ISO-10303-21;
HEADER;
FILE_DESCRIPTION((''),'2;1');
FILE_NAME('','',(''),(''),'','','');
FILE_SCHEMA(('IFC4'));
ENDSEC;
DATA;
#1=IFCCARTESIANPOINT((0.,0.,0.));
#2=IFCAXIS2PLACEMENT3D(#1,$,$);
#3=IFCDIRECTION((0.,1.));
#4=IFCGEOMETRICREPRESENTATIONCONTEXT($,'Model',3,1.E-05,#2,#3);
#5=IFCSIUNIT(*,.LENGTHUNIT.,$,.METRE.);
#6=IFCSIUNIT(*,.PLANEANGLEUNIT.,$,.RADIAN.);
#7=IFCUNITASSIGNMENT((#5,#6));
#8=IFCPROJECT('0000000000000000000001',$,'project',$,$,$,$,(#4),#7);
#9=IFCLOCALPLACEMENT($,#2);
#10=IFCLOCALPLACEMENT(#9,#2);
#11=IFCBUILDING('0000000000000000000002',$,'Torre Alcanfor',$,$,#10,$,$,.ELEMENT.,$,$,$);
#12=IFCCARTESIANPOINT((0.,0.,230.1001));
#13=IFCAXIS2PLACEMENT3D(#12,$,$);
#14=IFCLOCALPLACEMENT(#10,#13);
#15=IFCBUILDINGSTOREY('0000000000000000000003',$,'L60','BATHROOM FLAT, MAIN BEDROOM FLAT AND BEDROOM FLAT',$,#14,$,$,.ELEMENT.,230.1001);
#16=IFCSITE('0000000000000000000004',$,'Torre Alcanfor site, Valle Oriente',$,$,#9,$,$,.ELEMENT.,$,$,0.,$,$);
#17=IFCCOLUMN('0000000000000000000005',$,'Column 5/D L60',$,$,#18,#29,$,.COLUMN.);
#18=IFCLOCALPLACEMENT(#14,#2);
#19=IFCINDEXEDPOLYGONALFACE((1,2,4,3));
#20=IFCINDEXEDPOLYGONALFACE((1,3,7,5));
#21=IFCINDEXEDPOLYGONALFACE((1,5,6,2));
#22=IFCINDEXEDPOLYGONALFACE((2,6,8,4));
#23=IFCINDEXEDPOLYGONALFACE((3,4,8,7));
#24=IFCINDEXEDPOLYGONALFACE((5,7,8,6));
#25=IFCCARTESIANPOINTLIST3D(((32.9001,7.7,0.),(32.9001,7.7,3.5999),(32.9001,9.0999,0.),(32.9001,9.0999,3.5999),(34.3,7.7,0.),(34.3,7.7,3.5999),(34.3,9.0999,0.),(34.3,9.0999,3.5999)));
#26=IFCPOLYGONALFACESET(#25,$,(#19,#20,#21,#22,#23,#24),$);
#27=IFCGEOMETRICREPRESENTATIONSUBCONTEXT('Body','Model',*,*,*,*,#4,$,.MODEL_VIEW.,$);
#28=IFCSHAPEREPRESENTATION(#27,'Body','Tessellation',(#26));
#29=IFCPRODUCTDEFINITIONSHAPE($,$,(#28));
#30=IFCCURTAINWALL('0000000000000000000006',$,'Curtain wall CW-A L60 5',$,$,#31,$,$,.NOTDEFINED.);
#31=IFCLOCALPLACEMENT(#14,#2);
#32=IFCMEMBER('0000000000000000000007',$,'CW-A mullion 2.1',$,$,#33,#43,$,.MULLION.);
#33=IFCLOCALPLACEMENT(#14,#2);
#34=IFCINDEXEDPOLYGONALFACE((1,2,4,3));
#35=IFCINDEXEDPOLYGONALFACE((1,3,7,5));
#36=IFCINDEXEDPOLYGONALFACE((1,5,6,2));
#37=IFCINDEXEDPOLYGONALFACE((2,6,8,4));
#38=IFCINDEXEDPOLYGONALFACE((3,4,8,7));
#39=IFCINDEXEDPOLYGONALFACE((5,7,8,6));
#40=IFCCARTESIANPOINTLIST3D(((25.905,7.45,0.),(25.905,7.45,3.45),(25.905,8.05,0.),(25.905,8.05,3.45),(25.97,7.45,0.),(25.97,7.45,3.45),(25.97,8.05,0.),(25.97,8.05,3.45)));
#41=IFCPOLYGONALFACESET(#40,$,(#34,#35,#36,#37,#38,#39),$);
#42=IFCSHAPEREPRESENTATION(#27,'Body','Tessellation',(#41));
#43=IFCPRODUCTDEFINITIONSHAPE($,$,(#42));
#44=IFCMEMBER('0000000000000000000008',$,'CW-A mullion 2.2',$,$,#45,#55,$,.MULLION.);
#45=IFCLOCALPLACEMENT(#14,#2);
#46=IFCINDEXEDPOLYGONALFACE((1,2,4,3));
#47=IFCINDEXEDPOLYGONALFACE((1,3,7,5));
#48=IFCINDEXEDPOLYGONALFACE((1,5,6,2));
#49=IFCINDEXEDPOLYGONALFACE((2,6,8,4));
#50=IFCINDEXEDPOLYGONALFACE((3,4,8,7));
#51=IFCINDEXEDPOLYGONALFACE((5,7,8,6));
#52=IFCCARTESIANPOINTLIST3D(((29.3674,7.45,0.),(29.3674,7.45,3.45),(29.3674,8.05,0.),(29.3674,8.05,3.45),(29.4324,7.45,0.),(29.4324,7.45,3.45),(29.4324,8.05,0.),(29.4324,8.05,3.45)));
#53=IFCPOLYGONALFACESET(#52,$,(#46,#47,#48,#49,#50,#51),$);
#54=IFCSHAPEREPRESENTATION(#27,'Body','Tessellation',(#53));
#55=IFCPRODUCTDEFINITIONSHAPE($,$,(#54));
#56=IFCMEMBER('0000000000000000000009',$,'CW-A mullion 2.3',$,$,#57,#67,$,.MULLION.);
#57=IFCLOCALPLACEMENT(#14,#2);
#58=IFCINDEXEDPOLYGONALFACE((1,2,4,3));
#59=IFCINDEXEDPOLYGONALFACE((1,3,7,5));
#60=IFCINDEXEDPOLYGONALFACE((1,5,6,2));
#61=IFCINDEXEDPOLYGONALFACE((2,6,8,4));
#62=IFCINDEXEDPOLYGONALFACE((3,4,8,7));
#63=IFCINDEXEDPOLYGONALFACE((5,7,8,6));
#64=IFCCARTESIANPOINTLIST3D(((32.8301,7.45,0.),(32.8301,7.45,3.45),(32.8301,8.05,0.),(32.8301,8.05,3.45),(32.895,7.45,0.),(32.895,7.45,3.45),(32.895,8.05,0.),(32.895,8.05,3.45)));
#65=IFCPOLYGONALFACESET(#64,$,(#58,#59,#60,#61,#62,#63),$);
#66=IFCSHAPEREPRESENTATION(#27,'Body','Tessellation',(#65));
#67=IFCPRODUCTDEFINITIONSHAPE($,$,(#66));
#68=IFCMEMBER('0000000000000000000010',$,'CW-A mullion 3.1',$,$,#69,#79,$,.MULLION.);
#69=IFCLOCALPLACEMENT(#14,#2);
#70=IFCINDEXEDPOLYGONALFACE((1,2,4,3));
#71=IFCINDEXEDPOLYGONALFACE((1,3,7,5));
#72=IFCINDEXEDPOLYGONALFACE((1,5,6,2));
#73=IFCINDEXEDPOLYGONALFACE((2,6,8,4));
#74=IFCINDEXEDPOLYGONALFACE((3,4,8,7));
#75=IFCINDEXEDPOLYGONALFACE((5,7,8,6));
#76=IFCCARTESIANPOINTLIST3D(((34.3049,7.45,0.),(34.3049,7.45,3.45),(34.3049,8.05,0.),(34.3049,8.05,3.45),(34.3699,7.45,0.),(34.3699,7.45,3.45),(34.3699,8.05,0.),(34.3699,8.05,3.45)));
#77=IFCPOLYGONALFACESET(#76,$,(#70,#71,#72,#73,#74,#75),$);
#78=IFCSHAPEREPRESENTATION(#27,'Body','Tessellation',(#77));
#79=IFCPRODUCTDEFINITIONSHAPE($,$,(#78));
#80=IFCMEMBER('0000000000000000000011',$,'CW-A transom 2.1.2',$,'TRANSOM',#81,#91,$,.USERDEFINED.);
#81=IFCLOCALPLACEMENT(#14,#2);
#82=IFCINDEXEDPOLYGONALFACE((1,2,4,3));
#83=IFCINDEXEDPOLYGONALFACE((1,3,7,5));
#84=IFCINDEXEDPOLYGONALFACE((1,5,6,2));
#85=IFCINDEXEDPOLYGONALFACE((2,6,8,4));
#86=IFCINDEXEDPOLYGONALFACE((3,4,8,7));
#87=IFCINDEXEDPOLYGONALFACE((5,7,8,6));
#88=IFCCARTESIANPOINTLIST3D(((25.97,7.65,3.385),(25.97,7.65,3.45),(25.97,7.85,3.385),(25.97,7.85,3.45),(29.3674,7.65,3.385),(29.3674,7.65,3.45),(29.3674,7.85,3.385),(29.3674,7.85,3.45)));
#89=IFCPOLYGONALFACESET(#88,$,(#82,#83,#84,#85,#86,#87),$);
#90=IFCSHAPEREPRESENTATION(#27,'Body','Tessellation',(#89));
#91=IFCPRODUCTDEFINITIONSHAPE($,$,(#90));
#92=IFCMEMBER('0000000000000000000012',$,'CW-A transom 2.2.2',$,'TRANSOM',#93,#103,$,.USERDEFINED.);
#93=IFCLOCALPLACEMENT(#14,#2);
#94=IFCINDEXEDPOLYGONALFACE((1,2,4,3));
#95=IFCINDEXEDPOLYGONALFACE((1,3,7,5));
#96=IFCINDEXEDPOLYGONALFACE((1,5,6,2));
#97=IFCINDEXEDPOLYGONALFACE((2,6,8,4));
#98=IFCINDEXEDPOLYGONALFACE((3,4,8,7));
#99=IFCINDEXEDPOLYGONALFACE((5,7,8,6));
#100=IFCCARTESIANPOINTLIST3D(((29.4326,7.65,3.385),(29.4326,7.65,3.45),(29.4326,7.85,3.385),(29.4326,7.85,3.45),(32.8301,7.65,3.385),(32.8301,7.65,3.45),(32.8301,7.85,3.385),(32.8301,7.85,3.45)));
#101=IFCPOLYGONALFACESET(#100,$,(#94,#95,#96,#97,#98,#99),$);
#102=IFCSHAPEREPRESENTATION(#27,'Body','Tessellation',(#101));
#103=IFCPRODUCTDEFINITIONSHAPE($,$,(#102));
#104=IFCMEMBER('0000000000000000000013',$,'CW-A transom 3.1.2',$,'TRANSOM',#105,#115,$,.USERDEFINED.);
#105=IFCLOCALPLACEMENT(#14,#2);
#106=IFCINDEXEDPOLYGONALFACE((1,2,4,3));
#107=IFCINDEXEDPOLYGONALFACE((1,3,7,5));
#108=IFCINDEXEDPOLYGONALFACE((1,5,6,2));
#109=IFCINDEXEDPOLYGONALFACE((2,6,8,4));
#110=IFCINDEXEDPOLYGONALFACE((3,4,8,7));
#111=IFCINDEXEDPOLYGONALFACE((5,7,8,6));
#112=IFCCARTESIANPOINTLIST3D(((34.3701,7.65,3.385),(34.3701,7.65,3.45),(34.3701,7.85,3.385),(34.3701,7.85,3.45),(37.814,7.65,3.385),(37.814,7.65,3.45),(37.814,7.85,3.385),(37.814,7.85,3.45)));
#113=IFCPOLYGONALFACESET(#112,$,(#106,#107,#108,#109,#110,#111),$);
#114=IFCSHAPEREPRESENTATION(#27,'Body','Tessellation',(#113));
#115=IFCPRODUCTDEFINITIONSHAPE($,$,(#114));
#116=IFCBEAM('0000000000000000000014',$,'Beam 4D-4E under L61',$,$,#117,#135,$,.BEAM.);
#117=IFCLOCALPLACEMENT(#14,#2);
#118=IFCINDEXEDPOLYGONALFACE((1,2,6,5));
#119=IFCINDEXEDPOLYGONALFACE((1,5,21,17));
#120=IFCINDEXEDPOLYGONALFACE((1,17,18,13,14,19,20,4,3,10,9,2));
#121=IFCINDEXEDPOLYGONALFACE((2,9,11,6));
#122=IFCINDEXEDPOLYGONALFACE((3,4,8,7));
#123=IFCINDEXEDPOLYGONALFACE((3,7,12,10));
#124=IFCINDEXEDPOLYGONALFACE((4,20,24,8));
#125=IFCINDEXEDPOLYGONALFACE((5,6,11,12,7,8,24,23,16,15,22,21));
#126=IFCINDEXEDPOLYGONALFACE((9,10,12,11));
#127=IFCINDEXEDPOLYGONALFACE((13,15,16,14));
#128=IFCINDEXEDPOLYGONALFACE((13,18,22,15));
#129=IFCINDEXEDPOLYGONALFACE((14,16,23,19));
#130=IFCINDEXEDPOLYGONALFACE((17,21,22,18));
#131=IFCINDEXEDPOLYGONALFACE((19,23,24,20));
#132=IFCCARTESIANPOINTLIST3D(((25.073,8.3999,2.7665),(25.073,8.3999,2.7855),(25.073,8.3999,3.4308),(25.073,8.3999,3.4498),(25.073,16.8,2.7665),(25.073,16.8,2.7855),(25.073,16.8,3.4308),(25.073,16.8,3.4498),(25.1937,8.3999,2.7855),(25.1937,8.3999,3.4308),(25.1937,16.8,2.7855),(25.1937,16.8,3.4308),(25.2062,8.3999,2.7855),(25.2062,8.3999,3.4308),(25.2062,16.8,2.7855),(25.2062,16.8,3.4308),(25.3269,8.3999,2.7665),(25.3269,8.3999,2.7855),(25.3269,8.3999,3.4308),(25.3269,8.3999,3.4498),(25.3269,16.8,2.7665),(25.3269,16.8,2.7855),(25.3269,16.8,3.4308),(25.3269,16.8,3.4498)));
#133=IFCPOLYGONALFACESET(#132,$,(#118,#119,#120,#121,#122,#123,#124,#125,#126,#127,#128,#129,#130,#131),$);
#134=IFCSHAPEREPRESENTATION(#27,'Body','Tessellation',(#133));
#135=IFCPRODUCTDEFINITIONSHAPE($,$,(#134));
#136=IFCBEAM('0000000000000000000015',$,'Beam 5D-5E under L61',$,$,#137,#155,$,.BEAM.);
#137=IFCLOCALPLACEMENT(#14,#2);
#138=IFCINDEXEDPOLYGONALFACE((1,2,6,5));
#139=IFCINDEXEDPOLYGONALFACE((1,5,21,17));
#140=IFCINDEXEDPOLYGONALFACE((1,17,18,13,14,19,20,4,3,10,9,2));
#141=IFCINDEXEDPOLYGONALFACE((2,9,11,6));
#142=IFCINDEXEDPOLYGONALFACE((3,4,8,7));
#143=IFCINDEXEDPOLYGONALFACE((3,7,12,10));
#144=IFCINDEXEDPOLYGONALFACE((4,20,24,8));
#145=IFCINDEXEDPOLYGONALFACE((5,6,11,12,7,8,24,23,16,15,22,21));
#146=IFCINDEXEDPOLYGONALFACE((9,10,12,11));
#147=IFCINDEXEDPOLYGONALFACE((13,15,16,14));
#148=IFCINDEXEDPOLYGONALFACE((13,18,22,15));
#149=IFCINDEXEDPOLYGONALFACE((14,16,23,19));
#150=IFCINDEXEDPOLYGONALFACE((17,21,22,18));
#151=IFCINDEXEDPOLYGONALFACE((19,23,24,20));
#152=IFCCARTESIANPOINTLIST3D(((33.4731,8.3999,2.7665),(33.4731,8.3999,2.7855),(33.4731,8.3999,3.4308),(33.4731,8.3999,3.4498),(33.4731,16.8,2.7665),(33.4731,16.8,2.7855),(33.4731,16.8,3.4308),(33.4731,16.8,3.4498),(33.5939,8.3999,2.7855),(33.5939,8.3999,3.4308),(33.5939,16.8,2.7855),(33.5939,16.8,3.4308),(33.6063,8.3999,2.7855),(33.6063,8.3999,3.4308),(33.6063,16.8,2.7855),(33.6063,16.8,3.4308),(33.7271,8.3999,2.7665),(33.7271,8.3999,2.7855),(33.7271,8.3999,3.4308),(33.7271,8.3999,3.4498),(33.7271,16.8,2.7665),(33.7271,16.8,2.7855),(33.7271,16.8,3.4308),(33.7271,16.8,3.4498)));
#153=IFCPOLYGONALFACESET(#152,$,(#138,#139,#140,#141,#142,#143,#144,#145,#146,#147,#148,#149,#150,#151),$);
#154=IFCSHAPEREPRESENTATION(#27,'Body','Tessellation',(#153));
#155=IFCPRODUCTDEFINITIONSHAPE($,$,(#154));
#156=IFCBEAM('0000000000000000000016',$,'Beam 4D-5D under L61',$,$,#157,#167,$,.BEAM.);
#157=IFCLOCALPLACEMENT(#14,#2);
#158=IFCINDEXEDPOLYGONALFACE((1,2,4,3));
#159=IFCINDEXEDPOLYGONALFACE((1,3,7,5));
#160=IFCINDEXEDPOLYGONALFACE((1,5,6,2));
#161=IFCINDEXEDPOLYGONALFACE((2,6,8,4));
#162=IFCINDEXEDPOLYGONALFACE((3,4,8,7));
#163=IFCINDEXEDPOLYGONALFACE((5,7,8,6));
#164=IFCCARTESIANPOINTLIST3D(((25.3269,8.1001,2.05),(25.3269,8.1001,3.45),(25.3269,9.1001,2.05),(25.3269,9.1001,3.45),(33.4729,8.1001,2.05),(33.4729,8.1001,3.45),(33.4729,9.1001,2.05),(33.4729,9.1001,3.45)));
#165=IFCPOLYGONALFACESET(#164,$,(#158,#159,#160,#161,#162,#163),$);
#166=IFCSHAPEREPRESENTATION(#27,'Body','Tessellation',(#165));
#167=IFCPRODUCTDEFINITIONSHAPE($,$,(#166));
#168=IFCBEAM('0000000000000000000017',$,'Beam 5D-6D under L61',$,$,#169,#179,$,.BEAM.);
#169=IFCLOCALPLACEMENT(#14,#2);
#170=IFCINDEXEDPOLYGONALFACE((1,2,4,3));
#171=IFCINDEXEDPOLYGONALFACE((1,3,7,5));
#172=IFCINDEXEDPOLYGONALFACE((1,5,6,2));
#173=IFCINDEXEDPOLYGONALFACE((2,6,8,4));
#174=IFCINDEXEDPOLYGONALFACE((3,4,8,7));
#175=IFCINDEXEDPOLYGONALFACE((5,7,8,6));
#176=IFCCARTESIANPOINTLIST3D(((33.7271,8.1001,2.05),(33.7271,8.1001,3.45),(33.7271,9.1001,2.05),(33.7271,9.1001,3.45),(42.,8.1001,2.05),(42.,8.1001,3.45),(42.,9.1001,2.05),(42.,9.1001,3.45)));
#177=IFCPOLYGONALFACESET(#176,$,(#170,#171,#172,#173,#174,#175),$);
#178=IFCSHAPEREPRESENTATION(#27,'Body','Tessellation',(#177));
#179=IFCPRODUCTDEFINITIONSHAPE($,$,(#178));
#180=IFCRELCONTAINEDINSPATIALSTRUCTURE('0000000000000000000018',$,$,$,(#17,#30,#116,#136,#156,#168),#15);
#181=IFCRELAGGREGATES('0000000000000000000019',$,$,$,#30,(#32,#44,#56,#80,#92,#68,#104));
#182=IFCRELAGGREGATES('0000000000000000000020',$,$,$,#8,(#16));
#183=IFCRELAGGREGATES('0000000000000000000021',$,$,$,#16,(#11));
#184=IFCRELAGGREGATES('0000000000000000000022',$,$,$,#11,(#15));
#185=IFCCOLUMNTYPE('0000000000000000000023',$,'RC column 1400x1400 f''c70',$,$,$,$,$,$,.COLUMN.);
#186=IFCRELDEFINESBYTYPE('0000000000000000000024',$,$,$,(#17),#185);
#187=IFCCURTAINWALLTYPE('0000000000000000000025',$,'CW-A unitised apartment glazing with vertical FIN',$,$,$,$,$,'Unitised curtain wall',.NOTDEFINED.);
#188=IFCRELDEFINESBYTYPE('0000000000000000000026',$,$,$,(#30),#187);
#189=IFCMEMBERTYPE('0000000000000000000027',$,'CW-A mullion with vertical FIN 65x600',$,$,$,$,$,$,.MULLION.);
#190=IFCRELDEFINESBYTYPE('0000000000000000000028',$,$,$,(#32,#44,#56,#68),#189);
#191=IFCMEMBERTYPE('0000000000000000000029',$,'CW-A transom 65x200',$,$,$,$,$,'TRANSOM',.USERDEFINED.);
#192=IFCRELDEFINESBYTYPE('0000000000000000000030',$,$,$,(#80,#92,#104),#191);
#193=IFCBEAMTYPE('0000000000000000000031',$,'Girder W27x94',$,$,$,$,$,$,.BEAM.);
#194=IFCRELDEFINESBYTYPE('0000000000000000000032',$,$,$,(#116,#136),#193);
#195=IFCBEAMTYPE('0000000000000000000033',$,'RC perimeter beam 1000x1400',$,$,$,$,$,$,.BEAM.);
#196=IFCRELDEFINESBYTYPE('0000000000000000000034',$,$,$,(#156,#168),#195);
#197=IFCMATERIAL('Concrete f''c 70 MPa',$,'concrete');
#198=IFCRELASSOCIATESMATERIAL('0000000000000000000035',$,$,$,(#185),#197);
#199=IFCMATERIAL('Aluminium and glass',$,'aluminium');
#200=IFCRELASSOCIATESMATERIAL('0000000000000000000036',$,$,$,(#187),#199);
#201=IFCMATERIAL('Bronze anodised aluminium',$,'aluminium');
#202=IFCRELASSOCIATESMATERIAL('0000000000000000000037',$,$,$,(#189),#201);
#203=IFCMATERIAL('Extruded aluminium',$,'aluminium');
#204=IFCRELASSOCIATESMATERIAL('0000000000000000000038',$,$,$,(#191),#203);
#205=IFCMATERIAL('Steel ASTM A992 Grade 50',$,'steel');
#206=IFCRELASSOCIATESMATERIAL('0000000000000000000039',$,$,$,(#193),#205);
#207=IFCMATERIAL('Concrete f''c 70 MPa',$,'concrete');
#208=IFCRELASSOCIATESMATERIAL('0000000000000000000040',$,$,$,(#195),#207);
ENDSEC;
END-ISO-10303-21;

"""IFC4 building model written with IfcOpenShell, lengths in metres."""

from ifc_helpers import new_model, si_unit, direction, frame, origin, origin_2d, place, context, subcontext, project, spatial, rectangle, i_section, extrude, material, material_profile, profile_set, type_object, element, aggregate, save


model = new_model("IFC4")

# Units and contexts
model_context = context("Model", 3, precision=1e-05, world=origin(), true_north=direction((0.0, 1.0)))
body_context = subcontext(model_context, "Body", "Model", "MODEL_VIEW")
ifc_project = project(units=[si_unit("LENGTHUNIT", "METRE"), si_unit("PLANEANGLEUNIT", "RADIAN")], contexts=[model_context])

# Site, building, storey
site_placement = place(None, origin())
site = spatial("IfcSite", under=ifc_project, at=site_placement, Name="Torre Alcanfor site, Valle Oriente", CompositionType="ELEMENT", RefElevation=0.0)
building_placement = place(site_placement, origin())
building = spatial("IfcBuilding", under=site, at=building_placement, Name="Torre Alcanfor", CompositionType="ELEMENT")
storey_placement = place(building_placement, frame((0.0, 0.0, 230.1001)))
storey = spatial("IfcBuildingStorey", under=building, at=storey_placement, Name="L60", Description="BATHROOM FLAT, MAIN BEDROOM FLAT AND BEDROOM FLAT", CompositionType="ELEMENT", Elevation=230.1001)

# Column
ifc_material_1 = material(Name="Concrete f'c 70 MPa", Category="concrete")
ifc_material_profile_1 = material_profile(ifc_material_1, rectangle(XDim=1.3999, YDim=1.3999, at=origin_2d()), Name="1400x1400")
ifc_profile_set_1 = profile_set([ifc_material_profile_1], Name="Concrete f'c 70 MPa")
column_type = type_object("IfcColumnType", Name="RC column 1400x1400 f'c70", PredefinedType="COLUMN", material=ifc_profile_set_1)
column_placement = place(storey_placement, frame((33.6001, 8.3999, 0.0), z_axis=(0.0, 0.0, 1.0), x_axis=(1.0, 0.0, 0.0)))
element("IfcColumn", 1, at=column_placement, inside=storey, type_object=column_type, Name="Column 5/D L60", PredefinedType="COLUMN", context=body_context, shape_type="SweptSolid", body=[
    extrude(rectangle(XDim=1.3999, YDim=1.3999, at=origin_2d()), origin(), (0.0, 0.0, 1.0), 3.5999),
])

# Curtain wall, members
ifc_material_2 = material(Name="Aluminium and glass", Category="aluminium")
curtain_wall_type = type_object("IfcCurtainWallType", Name="CW-A unitised apartment glazing with vertical FIN", ElementType="Unitised curtain wall", PredefinedType="NOTDEFINED", material=ifc_material_2)
curtain_wall_placement = place(storey_placement, origin())
curtain_wall = element("IfcCurtainWall", 2, at=curtain_wall_placement, inside=storey, type_object=curtain_wall_type, Name="Curtain wall CW-A L60 5", PredefinedType="NOTDEFINED")
ifc_material_3 = material(Name="Bronze anodised aluminium", Category="aluminium")
ifc_material_profile_2 = material_profile(ifc_material_3, rectangle(XDim=0.6001, YDim=0.0649, at=origin_2d()), Name="CW-A mullion 65x600")
ifc_profile_set_2 = profile_set([ifc_material_profile_2], Name="Bronze anodised aluminium")
member_type_1 = type_object("IfcMemberType", Name="CW-A mullion with vertical FIN 65x600", PredefinedType="MULLION", material=ifc_profile_set_2)
member_1_placement = place(storey_placement, frame((25.9375, 7.75, 0.0), z_axis=(0.0, 0.0, 1.0), x_axis=(0.0, 1.0, 0.0)))
member_1 = element("IfcMember", 3, at=member_1_placement, type_object=member_type_1, Name="CW-A mullion 2.1", PredefinedType="MULLION", context=body_context, shape_type="SweptSolid", body=[
    extrude(rectangle(XDim=0.6001, YDim=0.0649, at=origin_2d()), origin(), (0.0, 0.0, 1.0), 3.45),
])
member_2_placement = place(storey_placement, frame((29.3999, 7.75, 0.0), z_axis=(0.0, 0.0, 1.0), x_axis=(0.0, 1.0, 0.0)))
member_2 = element("IfcMember", 4, at=member_2_placement, type_object=member_type_1, Name="CW-A mullion 2.2", PredefinedType="MULLION", context=body_context, shape_type="SweptSolid", body=[
    extrude(rectangle(XDim=0.6001, YDim=0.0649, at=origin_2d()), origin(), (0.0, 0.0, 1.0), 3.45),
])
member_3_placement = place(storey_placement, frame((32.8625, 7.75, 0.0), z_axis=(0.0, 0.0, 1.0), x_axis=(0.0, 1.0, 0.0)))
member_3 = element("IfcMember", 5, at=member_3_placement, type_object=member_type_1, Name="CW-A mullion 2.3", PredefinedType="MULLION", context=body_context, shape_type="SweptSolid", body=[
    extrude(rectangle(XDim=0.6001, YDim=0.0649, at=origin_2d()), origin(), (0.0, 0.0, 1.0), 3.45),
])
member_4_placement = place(storey_placement, frame((34.3374, 7.75, 0.0), z_axis=(0.0, 0.0, 1.0), x_axis=(0.0, 1.0, 0.0)))
member_4 = element("IfcMember", 6, at=member_4_placement, type_object=member_type_1, Name="CW-A mullion 3.1", PredefinedType="MULLION", context=body_context, shape_type="SweptSolid", body=[
    extrude(rectangle(XDim=0.6001, YDim=0.0649, at=origin_2d()), origin(), (0.0, 0.0, 1.0), 3.45),
])
ifc_material_4 = material(Name="Extruded aluminium", Category="aluminium")
ifc_material_profile_3 = material_profile(ifc_material_4, rectangle(XDim=0.2, YDim=0.0649, at=origin_2d()), Name="CW-A transom 200x65")
ifc_profile_set_3 = profile_set([ifc_material_profile_3], Name="Extruded aluminium")
member_type_2 = type_object("IfcMemberType", Name="CW-A transom 65x200", ElementType="TRANSOM", PredefinedType="USERDEFINED", material=ifc_profile_set_3)
member_5_placement = place(storey_placement, frame((25.97, 7.75, 3.4175), z_axis=(1.0, 0.0, 0.0), x_axis=(0.0, 1.0, 0.0)))
member_5 = element("IfcMember", 7, at=member_5_placement, type_object=member_type_2, Name="CW-A transom 2.1.2", ObjectType="TRANSOM", PredefinedType="USERDEFINED", context=body_context, shape_type="SweptSolid", body=[
    extrude(rectangle(XDim=0.2, YDim=0.0649, at=origin_2d()), origin(), (0.0, 0.0, 1.0), 3.3975),
])
member_6_placement = place(storey_placement, frame((29.4326, 7.75, 3.4175), z_axis=(1.0, 0.0, 0.0), x_axis=(0.0, 1.0, 0.0)))
member_6 = element("IfcMember", 8, at=member_6_placement, type_object=member_type_2, Name="CW-A transom 2.2.2", ObjectType="TRANSOM", PredefinedType="USERDEFINED", context=body_context, shape_type="SweptSolid", body=[
    extrude(rectangle(XDim=0.2, YDim=0.0649, at=origin_2d()), origin(), (0.0, 0.0, 1.0), 3.3975),
])
member_7_placement = place(storey_placement, frame((34.3701, 7.75, 3.4175), z_axis=(1.0, 0.0, 0.0), x_axis=(0.0, 1.0, 0.0)))
member_7 = element("IfcMember", 9, at=member_7_placement, type_object=member_type_2, Name="CW-A transom 3.1.2", ObjectType="TRANSOM", PredefinedType="USERDEFINED", context=body_context, shape_type="SweptSolid", body=[
    extrude(rectangle(XDim=0.2, YDim=0.0649, at=origin_2d()), origin(), (0.0, 0.0, 1.0), 3.4438),
])

# Beams
ifc_material_5 = material(Name="Steel ASTM A992 Grade 50", Category="steel")
ifc_material_profile_4 = material_profile(ifc_material_5, i_section(OverallWidth=0.2539, OverallDepth=0.6833, WebThickness=0.0125, FlangeThickness=0.019, at=origin_2d()), Name="W27x94")
ifc_profile_set_4 = profile_set([ifc_material_profile_4], Name="Steel ASTM A992 Grade 50")
beam_type_1 = type_object("IfcBeamType", Name="Girder W27x94", PredefinedType="BEAM", material=ifc_profile_set_4)
for number, where, z_axis, x_axis, name in (
    (10, (25.2, 8.3999, 3.1082), (0.0, 1.0, 0.0), (-1.0, 0.0, 0.0), "Beam 4D-4E under L61"),
    (11, (33.6001, 8.3999, 3.1082), (0.0, 1.0, 0.0), (-1.0, 0.0, 0.0), "Beam 5D-5E under L61"),
):
    element("IfcBeam", number, at=place(storey_placement, frame(where, z_axis=z_axis, x_axis=x_axis)), inside=storey, type_object=beam_type_1, Name=name, PredefinedType="BEAM", context=body_context, shape_type="SweptSolid", body=[
        extrude(i_section(OverallWidth=0.2539, OverallDepth=0.6833, WebThickness=0.0125, FlangeThickness=0.019, at=origin_2d()), origin(), (0.0, 0.0, 1.0), 8.4001),
    ])
ifc_material_6 = material(Name="Concrete f'c 70 MPa", Category="concrete")
ifc_material_profile_5 = material_profile(ifc_material_6, rectangle(XDim=1.0, YDim=1.3999, at=origin_2d()), Name="1000x1400")
ifc_profile_set_5 = profile_set([ifc_material_profile_5], Name="Concrete f'c 70 MPa")
beam_type_2 = type_object("IfcBeamType", Name="RC perimeter beam 1000x1400", PredefinedType="BEAM", material=ifc_profile_set_5)
beam_1_placement = place(storey_placement, frame((25.3269, 8.6001, 2.75), z_axis=(1.0, 0.0, 0.0), x_axis=(0.0, 1.0, 0.0)))
element("IfcBeam", 12, at=beam_1_placement, inside=storey, type_object=beam_type_2, Name="Beam 4D-5D under L61", PredefinedType="BEAM", context=body_context, shape_type="SweptSolid", body=[
    extrude(rectangle(XDim=1.0, YDim=1.3999, at=origin_2d()), origin(), (0.0, 0.0, 1.0), 8.146),
])
beam_2_placement = place(storey_placement, frame((33.7271, 8.6001, 2.75), z_axis=(1.0, 0.0, 0.0), x_axis=(0.0, 1.0, 0.0)))
element("IfcBeam", 13, at=beam_2_placement, inside=storey, type_object=beam_type_2, Name="Beam 5D-6D under L61", PredefinedType="BEAM", context=body_context, shape_type="SweptSolid", body=[
    extrude(rectangle(XDim=1.0, YDim=1.3999, at=origin_2d()), origin(), (0.0, 0.0, 1.0), 8.2729),
])

aggregate(curtain_wall, [member_1, member_2, member_3, member_5, member_6, member_4, member_7])

save(model, "model.ifc")
